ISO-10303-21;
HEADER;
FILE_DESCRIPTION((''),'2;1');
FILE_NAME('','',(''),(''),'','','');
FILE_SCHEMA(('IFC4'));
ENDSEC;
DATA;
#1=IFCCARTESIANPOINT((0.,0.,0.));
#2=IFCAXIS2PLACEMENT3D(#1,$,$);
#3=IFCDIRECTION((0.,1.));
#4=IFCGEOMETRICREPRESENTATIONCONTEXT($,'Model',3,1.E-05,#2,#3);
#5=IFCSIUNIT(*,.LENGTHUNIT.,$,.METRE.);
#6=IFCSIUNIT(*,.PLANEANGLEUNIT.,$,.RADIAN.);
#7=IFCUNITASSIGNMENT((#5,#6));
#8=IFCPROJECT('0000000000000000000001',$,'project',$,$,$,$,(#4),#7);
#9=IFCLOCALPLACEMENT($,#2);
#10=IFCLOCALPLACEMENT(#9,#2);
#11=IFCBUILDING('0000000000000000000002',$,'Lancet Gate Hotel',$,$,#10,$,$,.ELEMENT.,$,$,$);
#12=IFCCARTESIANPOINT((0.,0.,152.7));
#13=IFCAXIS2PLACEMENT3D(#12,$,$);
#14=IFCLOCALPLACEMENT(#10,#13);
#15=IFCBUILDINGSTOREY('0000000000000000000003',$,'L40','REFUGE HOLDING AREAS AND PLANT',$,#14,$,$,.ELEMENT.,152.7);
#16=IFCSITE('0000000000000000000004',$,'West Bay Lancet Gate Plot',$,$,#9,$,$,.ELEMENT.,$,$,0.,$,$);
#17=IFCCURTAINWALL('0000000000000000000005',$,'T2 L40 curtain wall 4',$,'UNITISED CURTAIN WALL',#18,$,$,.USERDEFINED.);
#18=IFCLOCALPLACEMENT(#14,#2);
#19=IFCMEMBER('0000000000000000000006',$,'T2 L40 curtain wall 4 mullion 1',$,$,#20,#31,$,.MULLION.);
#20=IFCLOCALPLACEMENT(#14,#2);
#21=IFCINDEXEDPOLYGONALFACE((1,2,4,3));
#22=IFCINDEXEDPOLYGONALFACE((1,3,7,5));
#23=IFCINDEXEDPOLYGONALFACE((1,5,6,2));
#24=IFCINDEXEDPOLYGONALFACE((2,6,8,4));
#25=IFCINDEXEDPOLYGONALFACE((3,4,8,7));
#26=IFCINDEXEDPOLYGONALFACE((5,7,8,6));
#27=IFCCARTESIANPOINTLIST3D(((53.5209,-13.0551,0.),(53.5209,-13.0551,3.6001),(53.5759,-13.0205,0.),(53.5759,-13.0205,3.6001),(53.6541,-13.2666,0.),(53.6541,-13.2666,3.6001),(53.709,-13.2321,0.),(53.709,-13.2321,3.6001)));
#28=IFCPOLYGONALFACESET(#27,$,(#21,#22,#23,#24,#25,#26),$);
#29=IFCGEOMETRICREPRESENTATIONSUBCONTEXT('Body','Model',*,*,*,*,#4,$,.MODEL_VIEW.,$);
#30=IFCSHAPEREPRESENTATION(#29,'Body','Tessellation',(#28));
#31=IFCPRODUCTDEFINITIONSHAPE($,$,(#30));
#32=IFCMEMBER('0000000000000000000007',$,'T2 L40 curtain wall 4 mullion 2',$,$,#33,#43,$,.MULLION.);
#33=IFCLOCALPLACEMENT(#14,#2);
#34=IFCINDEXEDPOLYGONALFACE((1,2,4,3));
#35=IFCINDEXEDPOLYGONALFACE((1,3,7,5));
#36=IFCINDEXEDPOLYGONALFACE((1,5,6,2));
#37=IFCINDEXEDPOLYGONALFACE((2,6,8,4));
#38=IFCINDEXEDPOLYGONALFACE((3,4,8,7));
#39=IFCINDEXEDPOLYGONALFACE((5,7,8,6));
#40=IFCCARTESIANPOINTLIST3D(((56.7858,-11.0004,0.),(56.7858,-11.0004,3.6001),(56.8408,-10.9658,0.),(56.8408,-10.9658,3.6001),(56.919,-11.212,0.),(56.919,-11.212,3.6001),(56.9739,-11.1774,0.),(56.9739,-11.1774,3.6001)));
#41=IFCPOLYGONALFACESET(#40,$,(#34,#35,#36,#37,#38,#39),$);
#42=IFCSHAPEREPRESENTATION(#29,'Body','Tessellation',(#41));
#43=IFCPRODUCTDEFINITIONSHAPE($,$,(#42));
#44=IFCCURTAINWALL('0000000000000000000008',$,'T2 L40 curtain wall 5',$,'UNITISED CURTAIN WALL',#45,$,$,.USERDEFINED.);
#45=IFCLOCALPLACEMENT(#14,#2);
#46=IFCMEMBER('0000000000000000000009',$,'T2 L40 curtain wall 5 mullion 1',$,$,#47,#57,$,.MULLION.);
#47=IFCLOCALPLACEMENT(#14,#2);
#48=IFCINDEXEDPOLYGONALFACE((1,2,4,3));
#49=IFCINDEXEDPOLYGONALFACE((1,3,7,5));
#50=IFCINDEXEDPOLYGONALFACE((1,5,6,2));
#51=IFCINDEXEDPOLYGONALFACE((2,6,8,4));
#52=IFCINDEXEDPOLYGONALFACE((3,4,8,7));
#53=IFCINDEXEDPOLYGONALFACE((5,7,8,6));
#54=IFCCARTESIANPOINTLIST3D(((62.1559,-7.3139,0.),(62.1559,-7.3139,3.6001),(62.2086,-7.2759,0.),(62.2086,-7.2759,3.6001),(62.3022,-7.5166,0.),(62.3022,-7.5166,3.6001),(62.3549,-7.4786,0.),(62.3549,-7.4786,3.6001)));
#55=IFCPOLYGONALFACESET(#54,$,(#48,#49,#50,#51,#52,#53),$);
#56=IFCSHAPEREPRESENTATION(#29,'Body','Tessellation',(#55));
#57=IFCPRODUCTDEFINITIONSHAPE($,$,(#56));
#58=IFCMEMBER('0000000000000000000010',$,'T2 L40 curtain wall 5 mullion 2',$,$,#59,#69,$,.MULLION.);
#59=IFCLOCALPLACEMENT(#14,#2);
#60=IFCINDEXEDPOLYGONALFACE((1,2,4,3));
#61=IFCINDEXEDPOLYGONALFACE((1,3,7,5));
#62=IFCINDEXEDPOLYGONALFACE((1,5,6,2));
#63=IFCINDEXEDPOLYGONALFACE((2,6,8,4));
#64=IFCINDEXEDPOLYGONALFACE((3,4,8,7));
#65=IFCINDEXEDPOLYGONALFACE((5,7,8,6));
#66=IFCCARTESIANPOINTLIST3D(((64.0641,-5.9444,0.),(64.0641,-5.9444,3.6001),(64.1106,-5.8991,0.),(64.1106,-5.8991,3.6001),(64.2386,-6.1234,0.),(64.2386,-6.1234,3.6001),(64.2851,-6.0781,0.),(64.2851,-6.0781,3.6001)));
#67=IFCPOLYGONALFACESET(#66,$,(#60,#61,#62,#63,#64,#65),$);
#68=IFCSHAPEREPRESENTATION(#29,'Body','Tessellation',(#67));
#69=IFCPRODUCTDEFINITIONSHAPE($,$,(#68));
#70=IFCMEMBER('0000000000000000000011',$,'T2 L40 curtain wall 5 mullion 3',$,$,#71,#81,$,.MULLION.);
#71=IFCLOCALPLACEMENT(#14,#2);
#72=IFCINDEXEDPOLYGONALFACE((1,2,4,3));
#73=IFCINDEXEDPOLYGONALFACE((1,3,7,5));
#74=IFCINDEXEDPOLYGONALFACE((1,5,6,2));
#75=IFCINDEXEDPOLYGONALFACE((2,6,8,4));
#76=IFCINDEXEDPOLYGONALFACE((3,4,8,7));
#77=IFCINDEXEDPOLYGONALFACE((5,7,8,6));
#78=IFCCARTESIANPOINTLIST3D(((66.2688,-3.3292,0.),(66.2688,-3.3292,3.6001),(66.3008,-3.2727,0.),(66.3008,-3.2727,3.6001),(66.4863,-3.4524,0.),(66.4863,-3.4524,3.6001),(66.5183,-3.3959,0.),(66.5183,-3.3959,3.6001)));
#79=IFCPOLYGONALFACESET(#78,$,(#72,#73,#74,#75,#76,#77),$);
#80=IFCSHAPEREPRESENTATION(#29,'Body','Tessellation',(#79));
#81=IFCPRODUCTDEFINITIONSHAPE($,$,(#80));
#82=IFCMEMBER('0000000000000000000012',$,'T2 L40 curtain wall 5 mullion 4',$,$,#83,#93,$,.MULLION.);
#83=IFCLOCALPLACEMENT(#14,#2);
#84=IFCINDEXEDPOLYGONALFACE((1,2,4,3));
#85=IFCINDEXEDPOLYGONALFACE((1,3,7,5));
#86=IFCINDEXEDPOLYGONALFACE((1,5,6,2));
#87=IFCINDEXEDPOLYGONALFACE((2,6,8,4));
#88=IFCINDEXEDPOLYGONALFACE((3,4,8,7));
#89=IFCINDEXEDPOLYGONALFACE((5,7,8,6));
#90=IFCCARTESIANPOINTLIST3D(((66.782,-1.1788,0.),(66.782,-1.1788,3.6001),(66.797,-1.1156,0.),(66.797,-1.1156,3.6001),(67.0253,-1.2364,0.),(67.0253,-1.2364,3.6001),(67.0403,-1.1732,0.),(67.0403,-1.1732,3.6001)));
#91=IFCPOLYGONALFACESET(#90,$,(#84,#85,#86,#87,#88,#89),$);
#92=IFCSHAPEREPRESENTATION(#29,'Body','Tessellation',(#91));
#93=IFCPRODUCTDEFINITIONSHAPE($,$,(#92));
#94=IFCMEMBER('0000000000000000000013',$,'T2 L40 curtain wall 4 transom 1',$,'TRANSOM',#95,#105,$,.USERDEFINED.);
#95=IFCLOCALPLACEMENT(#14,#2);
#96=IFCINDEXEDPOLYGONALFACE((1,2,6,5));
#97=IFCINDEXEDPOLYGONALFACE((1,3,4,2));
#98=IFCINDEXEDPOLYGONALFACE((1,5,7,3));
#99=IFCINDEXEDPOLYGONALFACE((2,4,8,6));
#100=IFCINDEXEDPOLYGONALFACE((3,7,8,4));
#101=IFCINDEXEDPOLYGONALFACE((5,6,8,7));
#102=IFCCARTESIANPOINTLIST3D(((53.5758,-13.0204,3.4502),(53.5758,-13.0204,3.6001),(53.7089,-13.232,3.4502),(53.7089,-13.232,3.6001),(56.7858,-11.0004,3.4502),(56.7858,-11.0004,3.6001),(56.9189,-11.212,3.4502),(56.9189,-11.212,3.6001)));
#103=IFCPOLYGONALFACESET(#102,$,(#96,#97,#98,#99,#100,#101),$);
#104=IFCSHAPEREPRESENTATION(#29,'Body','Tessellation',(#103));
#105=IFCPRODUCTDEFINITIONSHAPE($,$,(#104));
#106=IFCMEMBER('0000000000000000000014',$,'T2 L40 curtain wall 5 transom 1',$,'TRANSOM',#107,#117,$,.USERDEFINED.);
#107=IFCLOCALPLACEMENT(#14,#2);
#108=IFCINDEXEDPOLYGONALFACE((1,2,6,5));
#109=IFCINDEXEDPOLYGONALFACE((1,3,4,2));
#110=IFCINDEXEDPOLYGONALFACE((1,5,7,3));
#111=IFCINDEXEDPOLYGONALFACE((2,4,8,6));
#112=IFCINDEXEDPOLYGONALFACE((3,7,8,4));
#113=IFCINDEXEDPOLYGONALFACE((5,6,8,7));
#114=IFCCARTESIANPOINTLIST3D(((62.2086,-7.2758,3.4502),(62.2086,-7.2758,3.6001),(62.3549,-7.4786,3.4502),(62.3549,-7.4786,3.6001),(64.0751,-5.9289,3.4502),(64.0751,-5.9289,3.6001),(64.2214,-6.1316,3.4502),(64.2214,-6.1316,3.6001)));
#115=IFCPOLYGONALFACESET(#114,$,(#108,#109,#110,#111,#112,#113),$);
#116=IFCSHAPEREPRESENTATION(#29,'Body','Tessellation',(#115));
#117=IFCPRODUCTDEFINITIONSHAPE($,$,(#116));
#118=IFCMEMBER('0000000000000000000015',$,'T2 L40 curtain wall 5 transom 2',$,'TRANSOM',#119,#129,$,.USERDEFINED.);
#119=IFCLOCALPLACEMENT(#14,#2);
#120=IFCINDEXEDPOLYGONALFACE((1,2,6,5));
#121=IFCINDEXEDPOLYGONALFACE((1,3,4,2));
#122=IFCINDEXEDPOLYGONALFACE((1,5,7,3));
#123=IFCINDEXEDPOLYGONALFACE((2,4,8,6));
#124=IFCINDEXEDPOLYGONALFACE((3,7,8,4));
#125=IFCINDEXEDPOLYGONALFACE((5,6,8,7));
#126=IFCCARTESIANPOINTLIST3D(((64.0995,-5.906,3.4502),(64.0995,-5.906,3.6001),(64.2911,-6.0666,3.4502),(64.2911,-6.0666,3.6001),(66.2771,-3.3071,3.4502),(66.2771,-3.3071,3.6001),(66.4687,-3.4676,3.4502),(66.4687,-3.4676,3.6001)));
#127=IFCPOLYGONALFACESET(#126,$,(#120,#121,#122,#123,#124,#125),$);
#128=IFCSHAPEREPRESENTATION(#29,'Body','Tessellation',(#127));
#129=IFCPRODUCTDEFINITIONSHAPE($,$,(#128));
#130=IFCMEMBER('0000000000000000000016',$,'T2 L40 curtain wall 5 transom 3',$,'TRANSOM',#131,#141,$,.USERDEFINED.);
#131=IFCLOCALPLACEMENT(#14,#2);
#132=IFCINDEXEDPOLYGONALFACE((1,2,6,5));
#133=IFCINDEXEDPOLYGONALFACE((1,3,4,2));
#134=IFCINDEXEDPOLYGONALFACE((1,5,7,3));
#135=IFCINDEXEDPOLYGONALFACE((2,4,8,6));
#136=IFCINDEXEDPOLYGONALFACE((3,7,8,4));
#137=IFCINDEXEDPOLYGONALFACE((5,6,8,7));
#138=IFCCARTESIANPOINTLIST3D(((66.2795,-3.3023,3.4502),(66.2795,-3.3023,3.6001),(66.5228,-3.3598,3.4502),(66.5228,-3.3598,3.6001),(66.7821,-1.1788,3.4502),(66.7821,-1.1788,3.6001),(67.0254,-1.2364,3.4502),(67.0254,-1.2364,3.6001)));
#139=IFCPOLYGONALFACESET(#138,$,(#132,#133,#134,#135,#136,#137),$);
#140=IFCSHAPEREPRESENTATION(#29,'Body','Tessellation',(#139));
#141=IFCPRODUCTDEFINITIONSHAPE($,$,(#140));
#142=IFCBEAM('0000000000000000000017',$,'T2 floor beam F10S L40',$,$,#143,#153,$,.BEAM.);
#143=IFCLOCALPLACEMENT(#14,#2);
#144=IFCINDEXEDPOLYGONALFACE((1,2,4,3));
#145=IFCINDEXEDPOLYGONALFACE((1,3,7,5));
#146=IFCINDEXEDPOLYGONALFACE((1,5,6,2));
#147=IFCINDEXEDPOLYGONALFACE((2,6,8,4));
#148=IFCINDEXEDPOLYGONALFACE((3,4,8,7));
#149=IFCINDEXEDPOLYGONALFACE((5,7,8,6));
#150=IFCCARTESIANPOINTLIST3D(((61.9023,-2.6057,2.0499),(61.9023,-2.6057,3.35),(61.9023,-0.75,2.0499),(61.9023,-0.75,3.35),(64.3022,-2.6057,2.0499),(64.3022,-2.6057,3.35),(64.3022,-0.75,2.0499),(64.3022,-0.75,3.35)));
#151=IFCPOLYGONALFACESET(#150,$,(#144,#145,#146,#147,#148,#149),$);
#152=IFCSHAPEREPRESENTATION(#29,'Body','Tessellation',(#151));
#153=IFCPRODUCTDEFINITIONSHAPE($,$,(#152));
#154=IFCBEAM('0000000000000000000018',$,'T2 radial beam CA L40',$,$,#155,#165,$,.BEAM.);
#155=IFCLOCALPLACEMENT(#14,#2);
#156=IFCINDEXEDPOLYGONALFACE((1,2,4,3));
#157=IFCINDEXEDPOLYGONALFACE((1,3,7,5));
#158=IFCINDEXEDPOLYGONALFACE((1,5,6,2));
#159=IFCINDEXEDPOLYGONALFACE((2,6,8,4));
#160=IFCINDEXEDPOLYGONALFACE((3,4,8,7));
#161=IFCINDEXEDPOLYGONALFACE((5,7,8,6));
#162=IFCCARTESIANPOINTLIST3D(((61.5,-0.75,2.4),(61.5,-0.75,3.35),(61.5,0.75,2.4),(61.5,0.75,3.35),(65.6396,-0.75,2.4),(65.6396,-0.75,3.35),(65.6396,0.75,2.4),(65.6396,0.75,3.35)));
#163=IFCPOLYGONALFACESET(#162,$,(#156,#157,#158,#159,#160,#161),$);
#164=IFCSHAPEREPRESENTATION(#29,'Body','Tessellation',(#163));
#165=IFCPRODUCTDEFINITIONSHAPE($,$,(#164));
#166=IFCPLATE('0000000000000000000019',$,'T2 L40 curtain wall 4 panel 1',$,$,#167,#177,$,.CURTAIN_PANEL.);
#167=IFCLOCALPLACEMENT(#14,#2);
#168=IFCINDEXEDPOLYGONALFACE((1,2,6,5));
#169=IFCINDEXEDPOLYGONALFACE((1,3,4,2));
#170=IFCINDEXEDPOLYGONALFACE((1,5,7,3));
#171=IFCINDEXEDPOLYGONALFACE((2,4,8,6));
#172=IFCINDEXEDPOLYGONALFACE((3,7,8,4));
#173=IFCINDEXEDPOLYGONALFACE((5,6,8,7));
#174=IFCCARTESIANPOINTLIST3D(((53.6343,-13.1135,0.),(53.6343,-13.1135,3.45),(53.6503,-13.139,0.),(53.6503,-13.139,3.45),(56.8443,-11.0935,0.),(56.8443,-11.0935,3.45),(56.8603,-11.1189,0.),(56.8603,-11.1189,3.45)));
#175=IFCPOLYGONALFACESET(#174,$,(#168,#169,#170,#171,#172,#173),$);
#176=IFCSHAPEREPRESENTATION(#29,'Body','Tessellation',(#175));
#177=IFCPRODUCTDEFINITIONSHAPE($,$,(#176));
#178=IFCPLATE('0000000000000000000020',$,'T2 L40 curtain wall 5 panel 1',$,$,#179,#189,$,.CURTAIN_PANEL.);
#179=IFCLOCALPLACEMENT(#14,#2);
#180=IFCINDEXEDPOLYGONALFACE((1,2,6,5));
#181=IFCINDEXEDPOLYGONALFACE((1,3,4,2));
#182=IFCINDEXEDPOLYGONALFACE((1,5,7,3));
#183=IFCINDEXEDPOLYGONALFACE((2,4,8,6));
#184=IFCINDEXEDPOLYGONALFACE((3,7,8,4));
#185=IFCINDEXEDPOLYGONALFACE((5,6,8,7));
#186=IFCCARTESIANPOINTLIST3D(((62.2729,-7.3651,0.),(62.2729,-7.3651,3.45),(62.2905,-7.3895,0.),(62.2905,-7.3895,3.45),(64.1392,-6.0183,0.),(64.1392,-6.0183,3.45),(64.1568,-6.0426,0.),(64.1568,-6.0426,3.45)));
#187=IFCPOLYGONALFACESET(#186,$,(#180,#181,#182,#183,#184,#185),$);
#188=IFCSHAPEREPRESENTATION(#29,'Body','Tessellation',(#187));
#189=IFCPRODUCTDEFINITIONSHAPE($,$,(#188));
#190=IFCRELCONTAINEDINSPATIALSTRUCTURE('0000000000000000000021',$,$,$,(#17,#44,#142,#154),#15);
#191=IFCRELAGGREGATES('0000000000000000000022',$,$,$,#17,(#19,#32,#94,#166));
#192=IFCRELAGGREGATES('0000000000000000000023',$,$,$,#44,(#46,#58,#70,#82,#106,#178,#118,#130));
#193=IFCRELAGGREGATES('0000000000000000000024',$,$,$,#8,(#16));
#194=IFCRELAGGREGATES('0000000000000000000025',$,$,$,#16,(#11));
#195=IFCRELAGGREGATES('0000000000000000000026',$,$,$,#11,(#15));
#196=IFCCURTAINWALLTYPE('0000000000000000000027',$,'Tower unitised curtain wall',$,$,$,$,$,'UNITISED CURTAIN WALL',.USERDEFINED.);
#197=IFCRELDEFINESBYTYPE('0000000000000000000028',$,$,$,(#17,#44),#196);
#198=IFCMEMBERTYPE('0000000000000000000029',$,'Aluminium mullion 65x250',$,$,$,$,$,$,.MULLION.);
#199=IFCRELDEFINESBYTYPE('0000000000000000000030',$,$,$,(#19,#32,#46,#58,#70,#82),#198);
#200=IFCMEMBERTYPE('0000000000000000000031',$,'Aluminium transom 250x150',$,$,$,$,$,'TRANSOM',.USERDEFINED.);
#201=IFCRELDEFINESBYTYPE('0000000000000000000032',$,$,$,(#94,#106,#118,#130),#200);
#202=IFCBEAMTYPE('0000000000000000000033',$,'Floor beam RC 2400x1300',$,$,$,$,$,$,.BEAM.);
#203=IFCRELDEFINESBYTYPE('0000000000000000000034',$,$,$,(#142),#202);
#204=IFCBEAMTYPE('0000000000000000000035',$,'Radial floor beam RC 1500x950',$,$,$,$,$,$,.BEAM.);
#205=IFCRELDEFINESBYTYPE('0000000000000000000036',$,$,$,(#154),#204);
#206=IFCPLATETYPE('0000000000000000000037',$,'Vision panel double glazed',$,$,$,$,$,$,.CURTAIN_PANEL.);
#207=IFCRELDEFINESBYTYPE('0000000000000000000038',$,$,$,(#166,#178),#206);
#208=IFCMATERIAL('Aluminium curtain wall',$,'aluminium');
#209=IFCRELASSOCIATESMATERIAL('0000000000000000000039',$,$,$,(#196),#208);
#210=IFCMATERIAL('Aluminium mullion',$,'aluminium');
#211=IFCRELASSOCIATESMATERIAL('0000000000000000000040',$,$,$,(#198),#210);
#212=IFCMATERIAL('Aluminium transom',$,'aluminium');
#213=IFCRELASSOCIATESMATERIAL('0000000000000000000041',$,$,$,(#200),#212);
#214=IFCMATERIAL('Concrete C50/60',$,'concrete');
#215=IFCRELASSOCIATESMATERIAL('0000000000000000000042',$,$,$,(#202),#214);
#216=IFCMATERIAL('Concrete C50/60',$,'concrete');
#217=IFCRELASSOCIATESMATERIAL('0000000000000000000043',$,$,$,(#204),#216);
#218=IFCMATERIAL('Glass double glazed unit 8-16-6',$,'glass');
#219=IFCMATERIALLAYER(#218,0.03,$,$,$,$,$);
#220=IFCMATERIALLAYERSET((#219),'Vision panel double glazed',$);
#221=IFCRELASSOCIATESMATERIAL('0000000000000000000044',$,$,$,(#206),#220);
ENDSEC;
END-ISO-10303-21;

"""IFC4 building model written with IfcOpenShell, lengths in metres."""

from ifc_helpers import new_model, si_unit, direction, frame, origin, origin_2d, place, context, subcontext, project, spatial, rectangle, extrude, material, layer, layer_set, material_profile, profile_set, type_object, element, aggregate, save


model = new_model("IFC4")

# Units and contexts
model_context = context("Model", 3, precision=1e-05, world=origin(), true_north=direction((0.0, 1.0)))
body_context = subcontext(model_context, "Body", "Model", "MODEL_VIEW")
ifc_project = project(units=[si_unit("LENGTHUNIT", "METRE"), si_unit("PLANEANGLEUNIT", "RADIAN")], contexts=[model_context])

# Site, building, storey
site_placement = place(None, origin())
site = spatial("IfcSite", under=ifc_project, at=site_placement, Name="West Bay Lancet Gate Plot", CompositionType="ELEMENT", RefElevation=0.0)
building_placement = place(site_placement, origin())
building = spatial("IfcBuilding", under=site, at=building_placement, Name="Lancet Gate Hotel", CompositionType="ELEMENT")
storey_placement = place(building_placement, frame((0.0, 0.0, 152.7)))
storey = spatial("IfcBuildingStorey", under=building, at=storey_placement, Name="L40", Description="REFUGE HOLDING AREAS AND PLANT", CompositionType="ELEMENT", Elevation=152.7)

# Curtain walls, members
ifc_material_1 = material(Name="Aluminium curtain wall", Category="aluminium")
curtain_wall_type = type_object("IfcCurtainWallType", Name="Tower unitised curtain wall", ElementType="UNITISED CURTAIN WALL", PredefinedType="USERDEFINED", material=ifc_material_1)
curtain_wall_1_placement = place(storey_placement, origin())
curtain_wall_1 = element("IfcCurtainWall", 1, at=curtain_wall_1_placement, inside=storey, type_object=curtain_wall_type, Name="T2 L40 curtain wall 4", ObjectType="UNITISED CURTAIN WALL", PredefinedType="USERDEFINED")
ifc_material_2 = material(Name="Aluminium mullion", Category="aluminium")
ifc_material_profile_1 = material_profile(ifc_material_2, rectangle(XDim=0.0649, YDim=0.25, at=origin_2d()), Name="MULLION 65x250")
ifc_profile_set_1 = profile_set([ifc_material_profile_1], Name="Aluminium mullion")
member_type_1 = type_object("IfcMemberType", Name="Aluminium mullion 65x250", PredefinedType="MULLION", material=ifc_profile_set_1)
member_1_placement = place(storey_placement, frame((53.615, -13.1436, 0.0), z_axis=(0.0, 0.0, 1.0), x_axis=(0.846352, 0.532623, 0.0)))
member_1 = element("IfcMember", 2, at=member_1_placement, type_object=member_type_1, Name="T2 L40 curtain wall 4 mullion 1", PredefinedType="MULLION", context=body_context, shape_type="SweptSolid", body=[
    extrude(rectangle(XDim=0.0649, YDim=0.25, at=origin_2d()), origin(), (0.0, 0.0, 1.0), 3.6001),
])
member_2_placement = place(storey_placement, frame((56.8799, -11.0889, 0.0), z_axis=(0.0, 0.0, 1.0), x_axis=(0.846352, 0.532623, 0.0)))
member_2 = element("IfcMember", 3, at=member_2_placement, type_object=member_type_1, Name="T2 L40 curtain wall 4 mullion 2", PredefinedType="MULLION", context=body_context, shape_type="SweptSolid", body=[
    extrude(rectangle(XDim=0.0649, YDim=0.25, at=origin_2d()), origin(), (0.0, 0.0, 1.0), 3.6001),
])
curtain_wall_2_placement = place(storey_placement, origin())
curtain_wall_2 = element("IfcCurtainWall", 4, at=curtain_wall_2_placement, inside=storey, type_object=curtain_wall_type, Name="T2 L40 curtain wall 5", ObjectType="UNITISED CURTAIN WALL", PredefinedType="USERDEFINED")
member_3_placement = place(storey_placement, frame((62.2554, -7.3962, 0.0), z_axis=(0.0, 0.0, 1.0), x_axis=(0.810891, 0.585197, 0.0)))
member_3 = element("IfcMember", 5, at=member_3_placement, type_object=member_type_1, Name="T2 L40 curtain wall 5 mullion 1", PredefinedType="MULLION", context=body_context, shape_type="SweptSolid", body=[
    extrude(rectangle(XDim=0.0649, YDim=0.25, at=origin_2d()), origin(), (0.0, 0.0, 1.0), 3.6001),
])
member_4_placement = place(storey_placement, frame((64.1746, -6.0112, 0.0), z_axis=(0.0, 0.0, 1.0), x_axis=(0.716089, 0.698009, 0.0)))
member_4 = element("IfcMember", 6, at=member_4_placement, type_object=member_type_1, Name="T2 L40 curtain wall 5 mullion 2", PredefinedType="MULLION", context=body_context, shape_type="SweptSolid", body=[
    extrude(rectangle(XDim=0.0649, YDim=0.25, at=origin_2d()), origin(), (0.0, 0.0, 1.0), 3.6001),
])
member_5_placement = place(storey_placement, frame((66.3936, -3.3625, 0.0), z_axis=(0.0, 0.0, 1.0), x_axis=(0.492565, 0.870275, 0.0)))
member_5 = element("IfcMember", 7, at=member_5_placement, type_object=member_type_1, Name="T2 L40 curtain wall 5 mullion 3", PredefinedType="MULLION", context=body_context, shape_type="SweptSolid", body=[
    extrude(rectangle(XDim=0.0649, YDim=0.25, at=origin_2d()), origin(), (0.0, 0.0, 1.0), 3.6001),
])
member_6_placement = place(storey_placement, frame((66.9111, -1.176, 0.0), z_axis=(0.0, 0.0, 1.0), x_axis=(0.230367, 0.973104, 0.0)))
member_6 = element("IfcMember", 8, at=member_6_placement, type_object=member_type_1, Name="T2 L40 curtain wall 5 mullion 4", PredefinedType="MULLION", context=body_context, shape_type="SweptSolid", body=[
    extrude(rectangle(XDim=0.0649, YDim=0.25, at=origin_2d()), origin(), (0.0, 0.0, 1.0), 3.6001),
])

# Members
ifc_material_3 = material(Name="Aluminium transom", Category="aluminium")
ifc_material_profile_2 = material_profile(ifc_material_3, rectangle(XDim=0.25, YDim=0.1499, at=origin_2d()), Name="TRANSOM 250x150")
ifc_profile_set_2 = profile_set([ifc_material_profile_2], Name="Aluminium transom")
member_type_2 = type_object("IfcMemberType", Name="Aluminium transom 250x150", ElementType="TRANSOM", PredefinedType="USERDEFINED", material=ifc_profile_set_2)
member_7_placement = place(storey_placement, frame((53.6423, -13.1262, 3.5251), z_axis=(0.84636, 0.532612, 0.0), x_axis=(-0.532612, 0.84636, 0.0)))
member_7 = element("IfcMember", 9, at=member_7_placement, type_object=member_type_2, Name="T2 L40 curtain wall 4 transom 1", ObjectType="TRANSOM", PredefinedType="USERDEFINED", context=body_context, shape_type="SweptSolid", body=[
    extrude(rectangle(XDim=0.25, YDim=0.1499, at=origin_2d()), origin(), (0.0, 0.0, 1.0), 3.7927),
])
member_8_placement = place(storey_placement, frame((62.2817, -7.3772, 3.5251), z_axis=(0.8109, 0.585185, 0.0), x_axis=(-0.585185, 0.8109, 0.0)))
member_8 = element("IfcMember", 10, at=member_8_placement, type_object=member_type_2, Name="T2 L40 curtain wall 5 transom 1", ObjectType="TRANSOM", PredefinedType="USERDEFINED", context=body_context, shape_type="SweptSolid", body=[
    extrude(rectangle(XDim=0.25, YDim=0.1499, at=origin_2d()), origin(), (0.0, 0.0, 1.0), 2.3018),
])
member_9_placement = place(storey_placement, frame((64.1953, -5.9863, 3.5251), z_axis=(0.642229, 0.766513, 0.0), x_axis=(-0.766513, 0.642229, 0.0)))
member_9 = element("IfcMember", 11, at=member_9_placement, type_object=member_type_2, Name="T2 L40 curtain wall 5 transom 2", ObjectType="TRANSOM", PredefinedType="USERDEFINED", context=body_context, shape_type="SweptSolid", body=[
    extrude(rectangle(XDim=0.25, YDim=0.1499, at=origin_2d()), origin(), (0.0, 0.0, 1.0), 3.3906),
])
member_10_placement = place(storey_placement, frame((66.4011, -3.3311, 3.5251), z_axis=(0.230355, 0.973107, 0.0), x_axis=(-0.973107, 0.230355, 0.0)))
member_10 = element("IfcMember", 12, at=member_10_placement, type_object=member_type_2, Name="T2 L40 curtain wall 5 transom 3", ObjectType="TRANSOM", PredefinedType="USERDEFINED", context=body_context, shape_type="SweptSolid", body=[
    extrude(rectangle(XDim=0.25, YDim=0.1499, at=origin_2d()), origin(), (0.0, 0.0, 1.0), 2.1821),
])

# Beams
ifc_material_4 = material(Name="Concrete C50/60", Category="concrete")
ifc_material_profile_3 = material_profile(ifc_material_4, rectangle(XDim=2.3999, YDim=1.3, at=origin_2d()), Name="RC 2400x1300")
ifc_profile_set_3 = profile_set([ifc_material_profile_3], Name="Concrete C50/60")
beam_type_1 = type_object("IfcBeamType", Name="Floor beam RC 2400x1300", PredefinedType="BEAM", material=ifc_profile_set_3)
beam_1_placement = place(storey_placement, frame((63.1023, -2.6057, 2.7), z_axis=(0.0, 1.0, 0.0), x_axis=(-1.0, 0.0, 0.0)))
element("IfcBeam", 13, at=beam_1_placement, inside=storey, type_object=beam_type_1, Name="T2 floor beam F10S L40", PredefinedType="BEAM", context=body_context, shape_type="SweptSolid", body=[
    extrude(rectangle(XDim=2.3999, YDim=1.3, at=origin_2d()), origin(), (0.0, 0.0, 1.0), 1.8557),
])
ifc_material_5 = material(Name="Concrete C50/60", Category="concrete")
ifc_material_profile_4 = material_profile(ifc_material_5, rectangle(XDim=1.5, YDim=0.95, at=origin_2d()), Name="RC 1500x950")
ifc_profile_set_4 = profile_set([ifc_material_profile_4], Name="Concrete C50/60")
beam_type_2 = type_object("IfcBeamType", Name="Radial floor beam RC 1500x950", PredefinedType="BEAM", material=ifc_profile_set_4)
beam_2_placement = place(storey_placement, frame((65.6396, 0.0, 2.875), z_axis=(-1.0, 0.0, 0.0), x_axis=(0.0, -1.0, 0.0)))
element("IfcBeam", 14, at=beam_2_placement, inside=storey, type_object=beam_type_2, Name="T2 radial beam CA L40", PredefinedType="BEAM", context=body_context, shape_type="SweptSolid", body=[
    extrude(rectangle(XDim=1.5, YDim=0.95, at=origin_2d()), origin(), (0.0, 0.0, 1.0), 4.1396),
])

# Plates
ifc_material_6 = material(Name="Glass double glazed unit 8-16-6", Category="glass")
ifc_layer_1 = layer(ifc_material_6, 0.03)
ifc_layer_set_1 = layer_set([ifc_layer_1], Name="Vision panel double glazed")
plate_type = type_object("IfcPlateType", Name="Vision panel double glazed", PredefinedType="CURTAIN_PANEL", material=ifc_layer_set_1)
plate_1_placement = place(storey_placement, frame((55.2473, -12.1162, 0.0), z_axis=(0.0, 0.0, 1.0), x_axis=(0.846352, 0.532623, 0.0)))
plate_1 = element("IfcPlate", 15, at=plate_1_placement, type_object=plate_type, Name="T2 L40 curtain wall 4 panel 1", PredefinedType="CURTAIN_PANEL", context=body_context, shape_type="SweptSolid", body=[
    extrude(rectangle(XDim=3.7927, YDim=0.03, at=origin_2d()), origin(), (0.0, 0.0, 1.0), 3.45),
])
aggregate(curtain_wall_1, [member_1, member_2, member_7, plate_1])
plate_2_placement = place(storey_placement, frame((63.2148, -6.7039, 0.0), z_axis=(0.0, 0.0, 1.0), x_axis=(0.810891, 0.585197, 0.0)))
plate_2 = element("IfcPlate", 16, at=plate_2_placement, type_object=plate_type, Name="T2 L40 curtain wall 5 panel 1", PredefinedType="CURTAIN_PANEL", context=body_context, shape_type="SweptSolid", body=[
    extrude(rectangle(XDim=2.3015, YDim=0.03, at=origin_2d()), origin(), (0.0, 0.0, 1.0), 3.45),
])
aggregate(curtain_wall_2, [member_3, member_4, member_5, member_6, member_8, plate_2, member_9, member_10])

save(model, "model.ifc")
